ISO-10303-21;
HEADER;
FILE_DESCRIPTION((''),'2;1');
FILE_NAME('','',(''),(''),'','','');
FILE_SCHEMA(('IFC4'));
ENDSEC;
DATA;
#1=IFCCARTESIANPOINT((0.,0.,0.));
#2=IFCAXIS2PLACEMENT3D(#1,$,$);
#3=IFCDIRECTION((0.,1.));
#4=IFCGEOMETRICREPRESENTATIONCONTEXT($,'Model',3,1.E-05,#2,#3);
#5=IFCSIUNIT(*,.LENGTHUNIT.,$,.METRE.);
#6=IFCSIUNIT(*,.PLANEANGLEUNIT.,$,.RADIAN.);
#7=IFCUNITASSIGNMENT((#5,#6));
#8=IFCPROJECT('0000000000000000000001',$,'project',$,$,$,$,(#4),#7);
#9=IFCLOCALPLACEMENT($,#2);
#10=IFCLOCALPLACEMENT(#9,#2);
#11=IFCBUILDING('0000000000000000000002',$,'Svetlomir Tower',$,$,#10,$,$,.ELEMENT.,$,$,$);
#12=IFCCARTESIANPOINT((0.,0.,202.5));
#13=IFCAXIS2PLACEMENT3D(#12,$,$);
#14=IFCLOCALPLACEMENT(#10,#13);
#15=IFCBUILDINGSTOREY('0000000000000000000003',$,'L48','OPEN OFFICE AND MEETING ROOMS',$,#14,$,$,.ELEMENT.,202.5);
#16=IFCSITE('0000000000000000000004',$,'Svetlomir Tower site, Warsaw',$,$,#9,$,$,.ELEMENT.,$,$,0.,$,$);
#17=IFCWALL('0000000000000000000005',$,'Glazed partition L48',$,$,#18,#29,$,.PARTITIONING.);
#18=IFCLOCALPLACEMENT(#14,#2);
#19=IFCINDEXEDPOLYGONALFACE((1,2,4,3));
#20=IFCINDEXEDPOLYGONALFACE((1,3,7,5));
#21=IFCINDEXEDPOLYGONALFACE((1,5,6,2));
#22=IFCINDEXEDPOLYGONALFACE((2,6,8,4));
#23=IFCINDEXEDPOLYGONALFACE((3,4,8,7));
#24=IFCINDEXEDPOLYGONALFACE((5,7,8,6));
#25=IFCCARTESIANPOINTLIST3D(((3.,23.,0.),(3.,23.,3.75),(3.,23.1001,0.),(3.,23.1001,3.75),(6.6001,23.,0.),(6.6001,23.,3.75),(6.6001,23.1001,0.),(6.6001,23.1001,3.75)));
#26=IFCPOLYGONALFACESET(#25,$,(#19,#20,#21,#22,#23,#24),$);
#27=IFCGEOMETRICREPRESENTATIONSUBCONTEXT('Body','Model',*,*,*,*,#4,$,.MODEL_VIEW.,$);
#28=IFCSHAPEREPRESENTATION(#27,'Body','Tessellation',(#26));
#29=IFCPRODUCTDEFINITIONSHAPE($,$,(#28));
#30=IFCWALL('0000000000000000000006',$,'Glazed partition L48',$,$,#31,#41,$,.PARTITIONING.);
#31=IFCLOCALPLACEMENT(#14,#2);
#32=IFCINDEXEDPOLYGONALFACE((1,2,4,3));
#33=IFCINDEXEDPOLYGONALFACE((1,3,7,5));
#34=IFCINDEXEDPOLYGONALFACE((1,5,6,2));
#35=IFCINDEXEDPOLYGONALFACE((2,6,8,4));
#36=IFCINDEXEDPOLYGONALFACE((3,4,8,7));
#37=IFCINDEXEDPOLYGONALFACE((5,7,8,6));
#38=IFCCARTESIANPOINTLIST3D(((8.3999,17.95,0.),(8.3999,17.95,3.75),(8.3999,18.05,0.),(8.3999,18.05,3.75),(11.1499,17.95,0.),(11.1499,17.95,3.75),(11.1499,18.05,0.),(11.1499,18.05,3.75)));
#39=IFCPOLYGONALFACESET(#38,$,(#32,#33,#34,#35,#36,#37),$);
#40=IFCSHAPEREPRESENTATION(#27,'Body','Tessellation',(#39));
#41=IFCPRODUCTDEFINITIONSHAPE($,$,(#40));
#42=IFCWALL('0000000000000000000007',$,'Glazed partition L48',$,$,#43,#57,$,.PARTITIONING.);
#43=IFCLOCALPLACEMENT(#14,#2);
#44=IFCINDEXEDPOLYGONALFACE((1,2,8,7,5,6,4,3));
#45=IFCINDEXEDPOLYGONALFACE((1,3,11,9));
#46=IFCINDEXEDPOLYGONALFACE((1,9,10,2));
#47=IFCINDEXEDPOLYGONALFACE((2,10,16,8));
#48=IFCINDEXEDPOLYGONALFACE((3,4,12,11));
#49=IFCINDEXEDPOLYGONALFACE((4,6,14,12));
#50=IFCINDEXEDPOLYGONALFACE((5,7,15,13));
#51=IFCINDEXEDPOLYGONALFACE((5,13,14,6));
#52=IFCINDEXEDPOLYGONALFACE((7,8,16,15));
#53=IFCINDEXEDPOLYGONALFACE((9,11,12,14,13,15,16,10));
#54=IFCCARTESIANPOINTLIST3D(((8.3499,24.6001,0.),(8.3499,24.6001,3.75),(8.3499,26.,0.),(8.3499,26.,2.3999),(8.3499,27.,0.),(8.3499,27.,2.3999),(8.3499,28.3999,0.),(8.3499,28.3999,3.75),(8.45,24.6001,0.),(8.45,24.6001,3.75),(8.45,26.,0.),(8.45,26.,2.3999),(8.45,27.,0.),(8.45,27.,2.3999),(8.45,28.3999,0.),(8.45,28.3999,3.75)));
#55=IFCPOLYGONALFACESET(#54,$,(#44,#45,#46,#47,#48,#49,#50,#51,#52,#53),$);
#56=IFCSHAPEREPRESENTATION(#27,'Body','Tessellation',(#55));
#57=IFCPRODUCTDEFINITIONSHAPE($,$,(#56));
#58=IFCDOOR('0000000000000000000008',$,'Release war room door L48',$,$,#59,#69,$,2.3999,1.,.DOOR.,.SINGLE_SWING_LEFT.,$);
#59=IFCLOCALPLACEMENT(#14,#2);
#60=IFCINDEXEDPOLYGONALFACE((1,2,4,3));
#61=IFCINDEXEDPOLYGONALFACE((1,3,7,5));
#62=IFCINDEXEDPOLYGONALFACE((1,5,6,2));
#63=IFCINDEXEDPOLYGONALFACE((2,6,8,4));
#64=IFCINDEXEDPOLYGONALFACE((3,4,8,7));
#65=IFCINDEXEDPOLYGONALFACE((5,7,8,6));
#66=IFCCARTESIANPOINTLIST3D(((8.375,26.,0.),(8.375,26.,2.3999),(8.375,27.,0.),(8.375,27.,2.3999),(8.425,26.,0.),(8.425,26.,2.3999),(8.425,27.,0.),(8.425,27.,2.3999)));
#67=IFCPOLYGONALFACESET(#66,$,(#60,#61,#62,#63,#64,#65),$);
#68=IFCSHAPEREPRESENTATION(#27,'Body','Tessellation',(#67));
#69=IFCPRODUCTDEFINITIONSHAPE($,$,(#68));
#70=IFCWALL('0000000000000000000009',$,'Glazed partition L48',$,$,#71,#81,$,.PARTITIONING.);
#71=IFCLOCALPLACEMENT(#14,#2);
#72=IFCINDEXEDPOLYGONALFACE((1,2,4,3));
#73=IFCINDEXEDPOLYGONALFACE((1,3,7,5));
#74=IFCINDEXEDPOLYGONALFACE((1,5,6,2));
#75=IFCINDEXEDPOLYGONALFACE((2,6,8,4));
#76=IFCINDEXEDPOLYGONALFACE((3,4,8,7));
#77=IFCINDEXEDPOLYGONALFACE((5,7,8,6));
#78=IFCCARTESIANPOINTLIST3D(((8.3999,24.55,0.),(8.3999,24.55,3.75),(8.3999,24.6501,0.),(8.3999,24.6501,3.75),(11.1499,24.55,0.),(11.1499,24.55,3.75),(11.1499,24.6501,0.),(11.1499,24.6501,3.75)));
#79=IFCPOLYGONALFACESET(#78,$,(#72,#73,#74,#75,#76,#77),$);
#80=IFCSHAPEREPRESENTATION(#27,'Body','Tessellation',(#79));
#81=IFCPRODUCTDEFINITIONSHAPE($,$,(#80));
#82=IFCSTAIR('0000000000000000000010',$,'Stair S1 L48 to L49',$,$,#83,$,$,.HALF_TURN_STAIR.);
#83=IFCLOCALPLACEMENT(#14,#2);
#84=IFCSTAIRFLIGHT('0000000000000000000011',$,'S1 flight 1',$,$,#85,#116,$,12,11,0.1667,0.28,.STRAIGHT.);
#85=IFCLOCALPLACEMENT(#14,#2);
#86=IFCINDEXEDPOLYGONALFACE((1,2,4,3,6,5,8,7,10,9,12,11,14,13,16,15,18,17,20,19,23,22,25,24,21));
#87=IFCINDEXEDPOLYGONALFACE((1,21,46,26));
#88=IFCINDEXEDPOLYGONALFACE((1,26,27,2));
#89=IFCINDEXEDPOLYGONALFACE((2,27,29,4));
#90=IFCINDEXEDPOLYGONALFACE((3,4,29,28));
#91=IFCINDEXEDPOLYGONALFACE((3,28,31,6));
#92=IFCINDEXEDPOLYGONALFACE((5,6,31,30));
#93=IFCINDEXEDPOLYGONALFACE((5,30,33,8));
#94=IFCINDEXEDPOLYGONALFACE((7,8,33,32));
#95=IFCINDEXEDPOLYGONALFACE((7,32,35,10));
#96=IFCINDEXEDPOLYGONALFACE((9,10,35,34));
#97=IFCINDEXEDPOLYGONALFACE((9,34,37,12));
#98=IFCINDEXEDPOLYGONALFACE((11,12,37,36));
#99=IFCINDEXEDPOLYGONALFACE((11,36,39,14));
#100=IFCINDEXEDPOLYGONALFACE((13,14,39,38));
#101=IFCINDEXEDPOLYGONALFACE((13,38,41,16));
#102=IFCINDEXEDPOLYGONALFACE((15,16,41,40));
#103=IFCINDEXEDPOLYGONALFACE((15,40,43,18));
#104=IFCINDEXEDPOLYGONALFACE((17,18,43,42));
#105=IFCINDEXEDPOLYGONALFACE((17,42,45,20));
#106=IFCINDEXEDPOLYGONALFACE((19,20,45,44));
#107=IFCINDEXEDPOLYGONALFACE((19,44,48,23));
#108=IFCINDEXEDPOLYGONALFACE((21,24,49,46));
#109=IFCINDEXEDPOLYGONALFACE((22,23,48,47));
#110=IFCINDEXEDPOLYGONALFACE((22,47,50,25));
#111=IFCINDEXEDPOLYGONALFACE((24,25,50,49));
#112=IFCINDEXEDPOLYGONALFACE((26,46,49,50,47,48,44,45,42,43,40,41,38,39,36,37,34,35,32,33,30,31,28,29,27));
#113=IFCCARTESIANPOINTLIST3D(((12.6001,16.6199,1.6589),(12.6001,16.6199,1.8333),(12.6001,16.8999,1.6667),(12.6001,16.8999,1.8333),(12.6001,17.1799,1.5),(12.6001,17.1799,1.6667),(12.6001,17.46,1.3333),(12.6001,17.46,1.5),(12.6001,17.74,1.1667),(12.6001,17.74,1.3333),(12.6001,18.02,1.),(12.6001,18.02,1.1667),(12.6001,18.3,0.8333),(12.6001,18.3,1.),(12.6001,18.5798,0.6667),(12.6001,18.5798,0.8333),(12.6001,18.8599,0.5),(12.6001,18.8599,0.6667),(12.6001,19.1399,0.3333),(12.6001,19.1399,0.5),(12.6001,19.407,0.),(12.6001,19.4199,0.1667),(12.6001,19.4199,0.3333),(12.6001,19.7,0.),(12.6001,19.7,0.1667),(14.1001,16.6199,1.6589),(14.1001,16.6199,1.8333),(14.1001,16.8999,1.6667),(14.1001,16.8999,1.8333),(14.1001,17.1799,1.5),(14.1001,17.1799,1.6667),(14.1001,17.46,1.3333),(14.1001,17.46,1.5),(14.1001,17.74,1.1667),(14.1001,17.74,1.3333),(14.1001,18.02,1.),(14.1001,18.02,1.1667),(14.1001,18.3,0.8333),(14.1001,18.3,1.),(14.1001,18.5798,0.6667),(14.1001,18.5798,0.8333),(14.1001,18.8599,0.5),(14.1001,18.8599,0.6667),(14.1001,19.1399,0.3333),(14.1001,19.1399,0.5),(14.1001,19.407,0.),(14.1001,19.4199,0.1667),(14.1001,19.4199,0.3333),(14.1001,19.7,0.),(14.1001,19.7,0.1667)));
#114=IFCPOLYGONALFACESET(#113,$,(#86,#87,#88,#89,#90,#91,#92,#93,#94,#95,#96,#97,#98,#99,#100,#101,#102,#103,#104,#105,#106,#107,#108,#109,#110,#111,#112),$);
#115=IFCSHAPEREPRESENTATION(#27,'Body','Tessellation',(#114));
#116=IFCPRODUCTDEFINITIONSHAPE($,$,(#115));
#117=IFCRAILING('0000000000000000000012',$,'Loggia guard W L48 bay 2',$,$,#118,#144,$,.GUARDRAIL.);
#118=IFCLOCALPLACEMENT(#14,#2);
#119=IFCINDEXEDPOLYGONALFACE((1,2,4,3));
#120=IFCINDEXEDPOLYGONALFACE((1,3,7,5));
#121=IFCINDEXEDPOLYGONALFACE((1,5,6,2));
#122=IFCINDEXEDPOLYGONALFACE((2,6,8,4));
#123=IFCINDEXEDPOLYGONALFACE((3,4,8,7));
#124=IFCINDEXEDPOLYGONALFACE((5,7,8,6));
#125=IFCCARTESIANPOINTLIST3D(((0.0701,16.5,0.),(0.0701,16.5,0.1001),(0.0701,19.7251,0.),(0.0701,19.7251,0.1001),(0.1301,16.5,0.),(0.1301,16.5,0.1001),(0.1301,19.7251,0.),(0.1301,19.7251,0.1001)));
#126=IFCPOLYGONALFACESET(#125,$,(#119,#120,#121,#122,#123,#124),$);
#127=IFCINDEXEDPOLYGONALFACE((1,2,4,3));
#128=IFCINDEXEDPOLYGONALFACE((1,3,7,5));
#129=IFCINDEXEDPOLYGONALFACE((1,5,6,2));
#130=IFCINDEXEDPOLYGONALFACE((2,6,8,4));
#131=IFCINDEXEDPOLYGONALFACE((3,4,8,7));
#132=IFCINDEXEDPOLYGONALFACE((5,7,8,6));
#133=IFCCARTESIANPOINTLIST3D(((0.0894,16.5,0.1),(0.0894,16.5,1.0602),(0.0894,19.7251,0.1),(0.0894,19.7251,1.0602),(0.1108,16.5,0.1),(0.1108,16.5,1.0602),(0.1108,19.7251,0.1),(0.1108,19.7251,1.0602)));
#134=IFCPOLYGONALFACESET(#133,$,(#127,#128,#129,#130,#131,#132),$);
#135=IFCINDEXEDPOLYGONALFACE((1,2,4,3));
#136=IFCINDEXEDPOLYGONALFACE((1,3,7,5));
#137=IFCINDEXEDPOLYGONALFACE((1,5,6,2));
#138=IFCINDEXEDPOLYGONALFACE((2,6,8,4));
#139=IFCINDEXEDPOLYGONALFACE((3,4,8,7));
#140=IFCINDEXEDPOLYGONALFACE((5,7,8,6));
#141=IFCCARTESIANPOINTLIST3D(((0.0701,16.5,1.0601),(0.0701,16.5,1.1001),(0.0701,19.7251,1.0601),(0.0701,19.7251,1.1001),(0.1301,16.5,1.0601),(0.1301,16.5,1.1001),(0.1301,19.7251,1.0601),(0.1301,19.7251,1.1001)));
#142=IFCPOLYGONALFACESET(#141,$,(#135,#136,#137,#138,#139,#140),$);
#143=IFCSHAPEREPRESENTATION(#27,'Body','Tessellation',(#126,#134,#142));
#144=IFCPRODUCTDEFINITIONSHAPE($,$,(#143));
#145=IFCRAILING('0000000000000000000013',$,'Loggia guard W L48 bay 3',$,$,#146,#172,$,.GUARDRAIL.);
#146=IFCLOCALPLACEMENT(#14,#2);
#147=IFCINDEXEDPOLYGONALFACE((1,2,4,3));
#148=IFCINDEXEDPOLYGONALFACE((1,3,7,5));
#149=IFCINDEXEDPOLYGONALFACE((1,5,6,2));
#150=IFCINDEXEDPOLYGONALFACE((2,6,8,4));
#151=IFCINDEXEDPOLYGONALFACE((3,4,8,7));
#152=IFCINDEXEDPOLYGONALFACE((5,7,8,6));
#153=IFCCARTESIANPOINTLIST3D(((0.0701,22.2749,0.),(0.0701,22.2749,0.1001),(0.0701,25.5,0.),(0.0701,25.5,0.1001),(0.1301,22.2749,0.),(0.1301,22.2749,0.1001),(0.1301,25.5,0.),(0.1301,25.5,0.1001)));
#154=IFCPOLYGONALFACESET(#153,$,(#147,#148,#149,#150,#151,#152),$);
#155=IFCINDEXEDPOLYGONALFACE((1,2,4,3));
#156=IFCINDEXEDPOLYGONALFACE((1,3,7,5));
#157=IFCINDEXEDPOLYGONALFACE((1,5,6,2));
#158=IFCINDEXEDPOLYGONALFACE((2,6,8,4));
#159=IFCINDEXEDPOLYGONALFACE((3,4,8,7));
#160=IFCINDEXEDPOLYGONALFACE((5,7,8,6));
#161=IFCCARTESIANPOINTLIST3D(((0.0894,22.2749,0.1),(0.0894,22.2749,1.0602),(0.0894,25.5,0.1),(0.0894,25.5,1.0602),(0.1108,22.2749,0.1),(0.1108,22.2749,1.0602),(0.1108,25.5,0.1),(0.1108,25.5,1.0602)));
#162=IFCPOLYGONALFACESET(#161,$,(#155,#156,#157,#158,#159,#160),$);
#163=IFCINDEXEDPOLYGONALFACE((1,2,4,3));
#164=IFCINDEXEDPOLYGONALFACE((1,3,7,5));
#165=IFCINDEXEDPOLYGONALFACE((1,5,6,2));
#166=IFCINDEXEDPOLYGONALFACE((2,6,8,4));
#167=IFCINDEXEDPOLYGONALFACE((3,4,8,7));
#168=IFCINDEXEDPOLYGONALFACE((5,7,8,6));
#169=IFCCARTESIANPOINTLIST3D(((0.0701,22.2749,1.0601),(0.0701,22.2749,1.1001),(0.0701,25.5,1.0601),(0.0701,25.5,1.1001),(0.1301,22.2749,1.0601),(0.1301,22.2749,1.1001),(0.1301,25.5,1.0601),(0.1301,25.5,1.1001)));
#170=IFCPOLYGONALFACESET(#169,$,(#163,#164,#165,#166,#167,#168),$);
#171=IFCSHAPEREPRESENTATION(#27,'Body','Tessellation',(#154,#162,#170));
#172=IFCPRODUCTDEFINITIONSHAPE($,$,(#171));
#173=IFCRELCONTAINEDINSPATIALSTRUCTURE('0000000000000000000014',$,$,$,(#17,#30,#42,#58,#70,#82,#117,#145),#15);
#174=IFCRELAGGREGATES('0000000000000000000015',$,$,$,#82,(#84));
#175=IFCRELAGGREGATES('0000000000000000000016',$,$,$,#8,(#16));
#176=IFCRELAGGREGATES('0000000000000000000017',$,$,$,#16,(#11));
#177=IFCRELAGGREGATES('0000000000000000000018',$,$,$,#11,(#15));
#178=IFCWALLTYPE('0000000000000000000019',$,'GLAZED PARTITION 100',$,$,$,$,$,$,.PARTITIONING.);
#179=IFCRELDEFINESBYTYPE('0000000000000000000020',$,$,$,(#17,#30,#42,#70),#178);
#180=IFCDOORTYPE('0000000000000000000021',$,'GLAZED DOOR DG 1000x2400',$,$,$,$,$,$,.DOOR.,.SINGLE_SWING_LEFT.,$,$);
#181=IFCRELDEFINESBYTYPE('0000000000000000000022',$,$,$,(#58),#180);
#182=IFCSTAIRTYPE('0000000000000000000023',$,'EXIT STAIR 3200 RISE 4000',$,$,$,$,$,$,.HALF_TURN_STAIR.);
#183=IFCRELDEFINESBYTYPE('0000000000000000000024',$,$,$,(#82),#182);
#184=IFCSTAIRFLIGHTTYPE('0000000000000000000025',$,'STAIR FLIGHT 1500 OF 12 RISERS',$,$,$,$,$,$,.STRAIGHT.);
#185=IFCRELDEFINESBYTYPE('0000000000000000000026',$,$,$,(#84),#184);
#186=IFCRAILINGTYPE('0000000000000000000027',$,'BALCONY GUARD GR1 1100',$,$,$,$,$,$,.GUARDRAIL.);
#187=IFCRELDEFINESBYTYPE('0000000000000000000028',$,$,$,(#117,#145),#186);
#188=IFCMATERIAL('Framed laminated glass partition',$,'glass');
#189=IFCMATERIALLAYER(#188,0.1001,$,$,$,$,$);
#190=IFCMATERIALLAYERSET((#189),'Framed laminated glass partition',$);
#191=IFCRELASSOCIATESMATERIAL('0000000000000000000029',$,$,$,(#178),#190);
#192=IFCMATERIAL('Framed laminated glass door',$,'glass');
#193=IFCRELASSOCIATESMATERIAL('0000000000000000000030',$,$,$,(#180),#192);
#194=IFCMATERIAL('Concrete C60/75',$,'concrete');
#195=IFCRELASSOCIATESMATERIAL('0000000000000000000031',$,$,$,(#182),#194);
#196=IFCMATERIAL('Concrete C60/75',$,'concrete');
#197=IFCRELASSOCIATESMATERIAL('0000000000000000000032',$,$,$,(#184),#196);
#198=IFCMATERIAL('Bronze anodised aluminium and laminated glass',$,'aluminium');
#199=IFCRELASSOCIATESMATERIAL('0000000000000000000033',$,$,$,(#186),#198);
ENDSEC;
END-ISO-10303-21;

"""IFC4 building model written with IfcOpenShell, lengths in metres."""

from ifc_helpers import new_model, si_unit, direction, frame, frame_2d, origin, origin_2d, place, context, subcontext, project, spatial, polyline, rectangle, outline, extrude, material, layer, layer_set, type_object, element, fill, aggregate, save


model = new_model("IFC4")

# Units and contexts
model_context = context("Model", 3, precision=1e-05, world=origin(), true_north=direction((0.0, 1.0)))
body_context = subcontext(model_context, "Body", "Model", "MODEL_VIEW")
ifc_project = project(units=[si_unit("LENGTHUNIT", "METRE"), si_unit("PLANEANGLEUNIT", "RADIAN")], contexts=[model_context])

# Site, building, storey
site_placement = place(None, origin())
site = spatial("IfcSite", under=ifc_project, at=site_placement, Name="Svetlomir Tower site, Warsaw", CompositionType="ELEMENT", RefElevation=0.0)
building_placement = place(site_placement, origin())
building = spatial("IfcBuilding", under=site, at=building_placement, Name="Svetlomir Tower", CompositionType="ELEMENT")
storey_placement = place(building_placement, frame((0.0, 0.0, 202.5)))
storey = spatial("IfcBuildingStorey", under=building, at=storey_placement, Name="L48", Description="OPEN OFFICE AND MEETING ROOMS", CompositionType="ELEMENT", Elevation=202.5)

# Walls
ifc_material_1 = material(Name="Framed laminated glass partition", Category="glass")
ifc_layer_1 = layer(ifc_material_1, 0.1001)
ifc_layer_set_1 = layer_set([ifc_layer_1], Name="Framed laminated glass partition")
wall_type_1 = type_object("IfcWallType", Name="GLAZED PARTITION 100", PredefinedType="PARTITIONING", material=ifc_layer_set_1)
wall_1_placement = place(storey_placement, frame((3.0, 23.05, 0.0), z_axis=(0.0, 0.0, 1.0), x_axis=(1.0, 0.0, 0.0)))
element("IfcWall", 1, at=wall_1_placement, inside=storey, type_object=wall_type_1, Name="Glazed partition L48", PredefinedType="PARTITIONING", context=body_context, shape_type="SweptSolid", body=[
    extrude(rectangle(XDim=3.6001, YDim=0.1001, at=frame_2d((1.8, 0.0))), origin(), (0.0, 0.0, 1.0), 3.75),
])
wall_2_placement = place(storey_placement, frame((8.3999, 18.0, 0.0), z_axis=(0.0, 0.0, 1.0), x_axis=(1.0, 0.0, 0.0)))
element("IfcWall", 2, at=wall_2_placement, inside=storey, type_object=wall_type_1, Name="Glazed partition L48", PredefinedType="PARTITIONING", context=body_context, shape_type="SweptSolid", body=[
    extrude(rectangle(XDim=2.75, YDim=0.1001, at=frame_2d((1.375, 0.0))), origin(), (0.0, 0.0, 1.0), 3.75),
])

# Wall, opening, door
wall_3_placement = place(storey_placement, frame((8.3999, 24.6001, 0.0), z_axis=(0.0, 0.0, 1.0), x_axis=(0.0, 1.0, 0.0)))
wall_3 = element("IfcWall", 3, at=wall_3_placement, inside=storey, type_object=wall_type_1, Name="Glazed partition L48", PredefinedType="PARTITIONING", context=body_context, shape_type="SweptSolid", body=[
    extrude(rectangle(XDim=3.7998, YDim=0.1001, at=frame_2d((1.8999, 0.0))), origin(), (0.0, 0.0, 1.0), 3.75),
])
opening_1_placement = place(wall_3_placement, frame((1.3999, 0.0, 0.0)))
opening_1 = element("IfcOpeningElement", 4, at=opening_1_placement, cuts=wall_3, PredefinedType="OPENING", context=body_context, shape_type="SweptSolid", body=[
    extrude(rectangle(XDim=1.0, YDim=2.3999, at=frame_2d((0.5, 1.2))), frame((0.0, 0.0601, 0.0), z_axis=(0.0, -1.0, 0.0), x_axis=(1.0, 0.0, 0.0)), (0.0, 0.0, 1.0), 0.1201),
])
ifc_material_2 = material(Name="Framed laminated glass door", Category="glass")
door_type_1 = type_object("IfcDoorType", Name="GLAZED DOOR DG 1000x2400", OperationType="SINGLE_SWING_LEFT", PredefinedType="DOOR", material=ifc_material_2)
door_1_placement = place(opening_1_placement, origin())
door_1 = element("IfcDoor", 5, at=door_1_placement, inside=storey, type_object=door_type_1, Name="Release war room door L48", OperationType="SINGLE_SWING_LEFT", OverallHeight=2.3999, OverallWidth=1.0, PredefinedType="DOOR", context=body_context, shape_type="SweptSolid", body=[
    extrude(rectangle(XDim=1.0, YDim=2.3999, at=frame_2d((0.5, 1.2))), frame((0.0, 0.0249, 0.0), z_axis=(0.0, -1.0, 0.0), x_axis=(1.0, 0.0, 0.0)), (0.0, 0.0, 1.0), 0.05),
])
fill(opening_1, door_1)

# Wall
wall_4_placement = place(storey_placement, frame((8.3999, 24.6001, 0.0), z_axis=(0.0, 0.0, 1.0), x_axis=(1.0, 0.0, 0.0)))
element("IfcWall", 6, at=wall_4_placement, inside=storey, type_object=wall_type_1, Name="Glazed partition L48", PredefinedType="PARTITIONING", context=body_context, shape_type="SweptSolid", body=[
    extrude(rectangle(XDim=2.75, YDim=0.1001, at=frame_2d((1.375, 0.0))), origin(), (0.0, 0.0, 1.0), 3.75),
])

# Stair, stair flight
ifc_material_3 = material(Name="Concrete C60/75", Category="concrete")
stair_type = type_object("IfcStairType", Name="EXIT STAIR 3200 RISE 4000", PredefinedType="HALF_TURN_STAIR", material=ifc_material_3)
stair_placement = place(storey_placement, origin())
stair = element("IfcStair", 7, at=stair_placement, inside=storey, type_object=stair_type, Name="Stair S1 L48 to L49", PredefinedType="HALF_TURN_STAIR")
ifc_material_4 = material(Name="Concrete C60/75", Category="concrete")
stair_flight_type = type_object("IfcStairFlightType", Name="STAIR FLIGHT 1500 OF 12 RISERS", PredefinedType="STRAIGHT", material=ifc_material_4)
stair_flight_placement = place(storey_placement, frame((13.3501, 19.7, 0.0), z_axis=(0.0, 0.0, 1.0), x_axis=(0.0, -1.0, 0.0)))
stair_flight = element("IfcStairFlight", 8, at=stair_flight_placement, type_object=stair_flight_type, Name="S1 flight 1", NumberOfRisers=12, NumberOfTreads=11, PredefinedType="STRAIGHT", RiserHeight=0.1667, TreadLength=0.28, context=body_context, shape_type="SweptSolid", body=[
    extrude(outline(polyline([(0.0, 0.0), (0.0, 0.1667), (0.28, 0.1667), (0.28, 0.3333), (0.5601, 0.3333), (0.5601, 0.5), (0.8401, 0.5), (0.8401, 0.6667), (1.1201, 0.6667), (1.1201, 0.8333), (1.3999, 0.8333), (1.3999, 1.0), (1.6799, 1.0), (1.6799, 1.1667), (1.96, 1.1667), (1.96, 1.3333), (2.24, 1.3333), (2.24, 1.5), (2.52, 1.5), (2.52, 1.6667), (2.8, 1.6667), (2.8, 1.8333), (3.0801, 1.8333), (3.0801, 2.0), (3.0801, 1.6589), (0.293, 0.0), (0.0, 0.0)])), frame((0.0, 0.75, 0.0), z_axis=(0.0, -1.0, 0.0), x_axis=(1.0, 0.0, 0.0)), (0.0, 0.0, 1.0), 1.5),
])
aggregate(stair, [stair_flight])

# Railings
ifc_material_5 = material(Name="Bronze anodised aluminium and laminated glass", Category="aluminium")
railing_type_1 = type_object("IfcRailingType", Name="BALCONY GUARD GR1 1100", PredefinedType="GUARDRAIL", material=ifc_material_5)
for number, where, name in (
    (9, (0.1001, 16.5, 0.0), "Loggia guard W L48 bay 2"),
    (10, (0.1001, 22.2749, 0.0), "Loggia guard W L48 bay 3"),
):
    element("IfcRailing", number, at=place(storey_placement, frame(where)), inside=storey, type_object=railing_type_1, Name=name, PredefinedType="GUARDRAIL", context=body_context, shape_type="SweptSolid", body=[
        extrude(rectangle(XDim=0.0601, YDim=0.1001, at=origin_2d()), frame((0.0, 0.0, 0.05), z_axis=(0.0, 1.0, 0.0), x_axis=(-1.0, 0.0, 0.0)), (0.0, 0.0, 1.0), 3.2251),
        extrude(rectangle(XDim=0.0215, YDim=0.9602, at=origin_2d()), frame((0.0, 0.0, 0.5801), z_axis=(0.0, 1.0, 0.0), x_axis=(-1.0, 0.0, 0.0)), (0.0, 0.0, 1.0), 3.2251),
        extrude(rectangle(XDim=0.0601, YDim=0.04, at=origin_2d()), frame((0.0, 0.0, 1.0801), z_axis=(0.0, 1.0, 0.0), x_axis=(-1.0, 0.0, 0.0)), (0.0, 0.0, 1.0), 3.2251),
    ])

save(model, "model.ifc")
